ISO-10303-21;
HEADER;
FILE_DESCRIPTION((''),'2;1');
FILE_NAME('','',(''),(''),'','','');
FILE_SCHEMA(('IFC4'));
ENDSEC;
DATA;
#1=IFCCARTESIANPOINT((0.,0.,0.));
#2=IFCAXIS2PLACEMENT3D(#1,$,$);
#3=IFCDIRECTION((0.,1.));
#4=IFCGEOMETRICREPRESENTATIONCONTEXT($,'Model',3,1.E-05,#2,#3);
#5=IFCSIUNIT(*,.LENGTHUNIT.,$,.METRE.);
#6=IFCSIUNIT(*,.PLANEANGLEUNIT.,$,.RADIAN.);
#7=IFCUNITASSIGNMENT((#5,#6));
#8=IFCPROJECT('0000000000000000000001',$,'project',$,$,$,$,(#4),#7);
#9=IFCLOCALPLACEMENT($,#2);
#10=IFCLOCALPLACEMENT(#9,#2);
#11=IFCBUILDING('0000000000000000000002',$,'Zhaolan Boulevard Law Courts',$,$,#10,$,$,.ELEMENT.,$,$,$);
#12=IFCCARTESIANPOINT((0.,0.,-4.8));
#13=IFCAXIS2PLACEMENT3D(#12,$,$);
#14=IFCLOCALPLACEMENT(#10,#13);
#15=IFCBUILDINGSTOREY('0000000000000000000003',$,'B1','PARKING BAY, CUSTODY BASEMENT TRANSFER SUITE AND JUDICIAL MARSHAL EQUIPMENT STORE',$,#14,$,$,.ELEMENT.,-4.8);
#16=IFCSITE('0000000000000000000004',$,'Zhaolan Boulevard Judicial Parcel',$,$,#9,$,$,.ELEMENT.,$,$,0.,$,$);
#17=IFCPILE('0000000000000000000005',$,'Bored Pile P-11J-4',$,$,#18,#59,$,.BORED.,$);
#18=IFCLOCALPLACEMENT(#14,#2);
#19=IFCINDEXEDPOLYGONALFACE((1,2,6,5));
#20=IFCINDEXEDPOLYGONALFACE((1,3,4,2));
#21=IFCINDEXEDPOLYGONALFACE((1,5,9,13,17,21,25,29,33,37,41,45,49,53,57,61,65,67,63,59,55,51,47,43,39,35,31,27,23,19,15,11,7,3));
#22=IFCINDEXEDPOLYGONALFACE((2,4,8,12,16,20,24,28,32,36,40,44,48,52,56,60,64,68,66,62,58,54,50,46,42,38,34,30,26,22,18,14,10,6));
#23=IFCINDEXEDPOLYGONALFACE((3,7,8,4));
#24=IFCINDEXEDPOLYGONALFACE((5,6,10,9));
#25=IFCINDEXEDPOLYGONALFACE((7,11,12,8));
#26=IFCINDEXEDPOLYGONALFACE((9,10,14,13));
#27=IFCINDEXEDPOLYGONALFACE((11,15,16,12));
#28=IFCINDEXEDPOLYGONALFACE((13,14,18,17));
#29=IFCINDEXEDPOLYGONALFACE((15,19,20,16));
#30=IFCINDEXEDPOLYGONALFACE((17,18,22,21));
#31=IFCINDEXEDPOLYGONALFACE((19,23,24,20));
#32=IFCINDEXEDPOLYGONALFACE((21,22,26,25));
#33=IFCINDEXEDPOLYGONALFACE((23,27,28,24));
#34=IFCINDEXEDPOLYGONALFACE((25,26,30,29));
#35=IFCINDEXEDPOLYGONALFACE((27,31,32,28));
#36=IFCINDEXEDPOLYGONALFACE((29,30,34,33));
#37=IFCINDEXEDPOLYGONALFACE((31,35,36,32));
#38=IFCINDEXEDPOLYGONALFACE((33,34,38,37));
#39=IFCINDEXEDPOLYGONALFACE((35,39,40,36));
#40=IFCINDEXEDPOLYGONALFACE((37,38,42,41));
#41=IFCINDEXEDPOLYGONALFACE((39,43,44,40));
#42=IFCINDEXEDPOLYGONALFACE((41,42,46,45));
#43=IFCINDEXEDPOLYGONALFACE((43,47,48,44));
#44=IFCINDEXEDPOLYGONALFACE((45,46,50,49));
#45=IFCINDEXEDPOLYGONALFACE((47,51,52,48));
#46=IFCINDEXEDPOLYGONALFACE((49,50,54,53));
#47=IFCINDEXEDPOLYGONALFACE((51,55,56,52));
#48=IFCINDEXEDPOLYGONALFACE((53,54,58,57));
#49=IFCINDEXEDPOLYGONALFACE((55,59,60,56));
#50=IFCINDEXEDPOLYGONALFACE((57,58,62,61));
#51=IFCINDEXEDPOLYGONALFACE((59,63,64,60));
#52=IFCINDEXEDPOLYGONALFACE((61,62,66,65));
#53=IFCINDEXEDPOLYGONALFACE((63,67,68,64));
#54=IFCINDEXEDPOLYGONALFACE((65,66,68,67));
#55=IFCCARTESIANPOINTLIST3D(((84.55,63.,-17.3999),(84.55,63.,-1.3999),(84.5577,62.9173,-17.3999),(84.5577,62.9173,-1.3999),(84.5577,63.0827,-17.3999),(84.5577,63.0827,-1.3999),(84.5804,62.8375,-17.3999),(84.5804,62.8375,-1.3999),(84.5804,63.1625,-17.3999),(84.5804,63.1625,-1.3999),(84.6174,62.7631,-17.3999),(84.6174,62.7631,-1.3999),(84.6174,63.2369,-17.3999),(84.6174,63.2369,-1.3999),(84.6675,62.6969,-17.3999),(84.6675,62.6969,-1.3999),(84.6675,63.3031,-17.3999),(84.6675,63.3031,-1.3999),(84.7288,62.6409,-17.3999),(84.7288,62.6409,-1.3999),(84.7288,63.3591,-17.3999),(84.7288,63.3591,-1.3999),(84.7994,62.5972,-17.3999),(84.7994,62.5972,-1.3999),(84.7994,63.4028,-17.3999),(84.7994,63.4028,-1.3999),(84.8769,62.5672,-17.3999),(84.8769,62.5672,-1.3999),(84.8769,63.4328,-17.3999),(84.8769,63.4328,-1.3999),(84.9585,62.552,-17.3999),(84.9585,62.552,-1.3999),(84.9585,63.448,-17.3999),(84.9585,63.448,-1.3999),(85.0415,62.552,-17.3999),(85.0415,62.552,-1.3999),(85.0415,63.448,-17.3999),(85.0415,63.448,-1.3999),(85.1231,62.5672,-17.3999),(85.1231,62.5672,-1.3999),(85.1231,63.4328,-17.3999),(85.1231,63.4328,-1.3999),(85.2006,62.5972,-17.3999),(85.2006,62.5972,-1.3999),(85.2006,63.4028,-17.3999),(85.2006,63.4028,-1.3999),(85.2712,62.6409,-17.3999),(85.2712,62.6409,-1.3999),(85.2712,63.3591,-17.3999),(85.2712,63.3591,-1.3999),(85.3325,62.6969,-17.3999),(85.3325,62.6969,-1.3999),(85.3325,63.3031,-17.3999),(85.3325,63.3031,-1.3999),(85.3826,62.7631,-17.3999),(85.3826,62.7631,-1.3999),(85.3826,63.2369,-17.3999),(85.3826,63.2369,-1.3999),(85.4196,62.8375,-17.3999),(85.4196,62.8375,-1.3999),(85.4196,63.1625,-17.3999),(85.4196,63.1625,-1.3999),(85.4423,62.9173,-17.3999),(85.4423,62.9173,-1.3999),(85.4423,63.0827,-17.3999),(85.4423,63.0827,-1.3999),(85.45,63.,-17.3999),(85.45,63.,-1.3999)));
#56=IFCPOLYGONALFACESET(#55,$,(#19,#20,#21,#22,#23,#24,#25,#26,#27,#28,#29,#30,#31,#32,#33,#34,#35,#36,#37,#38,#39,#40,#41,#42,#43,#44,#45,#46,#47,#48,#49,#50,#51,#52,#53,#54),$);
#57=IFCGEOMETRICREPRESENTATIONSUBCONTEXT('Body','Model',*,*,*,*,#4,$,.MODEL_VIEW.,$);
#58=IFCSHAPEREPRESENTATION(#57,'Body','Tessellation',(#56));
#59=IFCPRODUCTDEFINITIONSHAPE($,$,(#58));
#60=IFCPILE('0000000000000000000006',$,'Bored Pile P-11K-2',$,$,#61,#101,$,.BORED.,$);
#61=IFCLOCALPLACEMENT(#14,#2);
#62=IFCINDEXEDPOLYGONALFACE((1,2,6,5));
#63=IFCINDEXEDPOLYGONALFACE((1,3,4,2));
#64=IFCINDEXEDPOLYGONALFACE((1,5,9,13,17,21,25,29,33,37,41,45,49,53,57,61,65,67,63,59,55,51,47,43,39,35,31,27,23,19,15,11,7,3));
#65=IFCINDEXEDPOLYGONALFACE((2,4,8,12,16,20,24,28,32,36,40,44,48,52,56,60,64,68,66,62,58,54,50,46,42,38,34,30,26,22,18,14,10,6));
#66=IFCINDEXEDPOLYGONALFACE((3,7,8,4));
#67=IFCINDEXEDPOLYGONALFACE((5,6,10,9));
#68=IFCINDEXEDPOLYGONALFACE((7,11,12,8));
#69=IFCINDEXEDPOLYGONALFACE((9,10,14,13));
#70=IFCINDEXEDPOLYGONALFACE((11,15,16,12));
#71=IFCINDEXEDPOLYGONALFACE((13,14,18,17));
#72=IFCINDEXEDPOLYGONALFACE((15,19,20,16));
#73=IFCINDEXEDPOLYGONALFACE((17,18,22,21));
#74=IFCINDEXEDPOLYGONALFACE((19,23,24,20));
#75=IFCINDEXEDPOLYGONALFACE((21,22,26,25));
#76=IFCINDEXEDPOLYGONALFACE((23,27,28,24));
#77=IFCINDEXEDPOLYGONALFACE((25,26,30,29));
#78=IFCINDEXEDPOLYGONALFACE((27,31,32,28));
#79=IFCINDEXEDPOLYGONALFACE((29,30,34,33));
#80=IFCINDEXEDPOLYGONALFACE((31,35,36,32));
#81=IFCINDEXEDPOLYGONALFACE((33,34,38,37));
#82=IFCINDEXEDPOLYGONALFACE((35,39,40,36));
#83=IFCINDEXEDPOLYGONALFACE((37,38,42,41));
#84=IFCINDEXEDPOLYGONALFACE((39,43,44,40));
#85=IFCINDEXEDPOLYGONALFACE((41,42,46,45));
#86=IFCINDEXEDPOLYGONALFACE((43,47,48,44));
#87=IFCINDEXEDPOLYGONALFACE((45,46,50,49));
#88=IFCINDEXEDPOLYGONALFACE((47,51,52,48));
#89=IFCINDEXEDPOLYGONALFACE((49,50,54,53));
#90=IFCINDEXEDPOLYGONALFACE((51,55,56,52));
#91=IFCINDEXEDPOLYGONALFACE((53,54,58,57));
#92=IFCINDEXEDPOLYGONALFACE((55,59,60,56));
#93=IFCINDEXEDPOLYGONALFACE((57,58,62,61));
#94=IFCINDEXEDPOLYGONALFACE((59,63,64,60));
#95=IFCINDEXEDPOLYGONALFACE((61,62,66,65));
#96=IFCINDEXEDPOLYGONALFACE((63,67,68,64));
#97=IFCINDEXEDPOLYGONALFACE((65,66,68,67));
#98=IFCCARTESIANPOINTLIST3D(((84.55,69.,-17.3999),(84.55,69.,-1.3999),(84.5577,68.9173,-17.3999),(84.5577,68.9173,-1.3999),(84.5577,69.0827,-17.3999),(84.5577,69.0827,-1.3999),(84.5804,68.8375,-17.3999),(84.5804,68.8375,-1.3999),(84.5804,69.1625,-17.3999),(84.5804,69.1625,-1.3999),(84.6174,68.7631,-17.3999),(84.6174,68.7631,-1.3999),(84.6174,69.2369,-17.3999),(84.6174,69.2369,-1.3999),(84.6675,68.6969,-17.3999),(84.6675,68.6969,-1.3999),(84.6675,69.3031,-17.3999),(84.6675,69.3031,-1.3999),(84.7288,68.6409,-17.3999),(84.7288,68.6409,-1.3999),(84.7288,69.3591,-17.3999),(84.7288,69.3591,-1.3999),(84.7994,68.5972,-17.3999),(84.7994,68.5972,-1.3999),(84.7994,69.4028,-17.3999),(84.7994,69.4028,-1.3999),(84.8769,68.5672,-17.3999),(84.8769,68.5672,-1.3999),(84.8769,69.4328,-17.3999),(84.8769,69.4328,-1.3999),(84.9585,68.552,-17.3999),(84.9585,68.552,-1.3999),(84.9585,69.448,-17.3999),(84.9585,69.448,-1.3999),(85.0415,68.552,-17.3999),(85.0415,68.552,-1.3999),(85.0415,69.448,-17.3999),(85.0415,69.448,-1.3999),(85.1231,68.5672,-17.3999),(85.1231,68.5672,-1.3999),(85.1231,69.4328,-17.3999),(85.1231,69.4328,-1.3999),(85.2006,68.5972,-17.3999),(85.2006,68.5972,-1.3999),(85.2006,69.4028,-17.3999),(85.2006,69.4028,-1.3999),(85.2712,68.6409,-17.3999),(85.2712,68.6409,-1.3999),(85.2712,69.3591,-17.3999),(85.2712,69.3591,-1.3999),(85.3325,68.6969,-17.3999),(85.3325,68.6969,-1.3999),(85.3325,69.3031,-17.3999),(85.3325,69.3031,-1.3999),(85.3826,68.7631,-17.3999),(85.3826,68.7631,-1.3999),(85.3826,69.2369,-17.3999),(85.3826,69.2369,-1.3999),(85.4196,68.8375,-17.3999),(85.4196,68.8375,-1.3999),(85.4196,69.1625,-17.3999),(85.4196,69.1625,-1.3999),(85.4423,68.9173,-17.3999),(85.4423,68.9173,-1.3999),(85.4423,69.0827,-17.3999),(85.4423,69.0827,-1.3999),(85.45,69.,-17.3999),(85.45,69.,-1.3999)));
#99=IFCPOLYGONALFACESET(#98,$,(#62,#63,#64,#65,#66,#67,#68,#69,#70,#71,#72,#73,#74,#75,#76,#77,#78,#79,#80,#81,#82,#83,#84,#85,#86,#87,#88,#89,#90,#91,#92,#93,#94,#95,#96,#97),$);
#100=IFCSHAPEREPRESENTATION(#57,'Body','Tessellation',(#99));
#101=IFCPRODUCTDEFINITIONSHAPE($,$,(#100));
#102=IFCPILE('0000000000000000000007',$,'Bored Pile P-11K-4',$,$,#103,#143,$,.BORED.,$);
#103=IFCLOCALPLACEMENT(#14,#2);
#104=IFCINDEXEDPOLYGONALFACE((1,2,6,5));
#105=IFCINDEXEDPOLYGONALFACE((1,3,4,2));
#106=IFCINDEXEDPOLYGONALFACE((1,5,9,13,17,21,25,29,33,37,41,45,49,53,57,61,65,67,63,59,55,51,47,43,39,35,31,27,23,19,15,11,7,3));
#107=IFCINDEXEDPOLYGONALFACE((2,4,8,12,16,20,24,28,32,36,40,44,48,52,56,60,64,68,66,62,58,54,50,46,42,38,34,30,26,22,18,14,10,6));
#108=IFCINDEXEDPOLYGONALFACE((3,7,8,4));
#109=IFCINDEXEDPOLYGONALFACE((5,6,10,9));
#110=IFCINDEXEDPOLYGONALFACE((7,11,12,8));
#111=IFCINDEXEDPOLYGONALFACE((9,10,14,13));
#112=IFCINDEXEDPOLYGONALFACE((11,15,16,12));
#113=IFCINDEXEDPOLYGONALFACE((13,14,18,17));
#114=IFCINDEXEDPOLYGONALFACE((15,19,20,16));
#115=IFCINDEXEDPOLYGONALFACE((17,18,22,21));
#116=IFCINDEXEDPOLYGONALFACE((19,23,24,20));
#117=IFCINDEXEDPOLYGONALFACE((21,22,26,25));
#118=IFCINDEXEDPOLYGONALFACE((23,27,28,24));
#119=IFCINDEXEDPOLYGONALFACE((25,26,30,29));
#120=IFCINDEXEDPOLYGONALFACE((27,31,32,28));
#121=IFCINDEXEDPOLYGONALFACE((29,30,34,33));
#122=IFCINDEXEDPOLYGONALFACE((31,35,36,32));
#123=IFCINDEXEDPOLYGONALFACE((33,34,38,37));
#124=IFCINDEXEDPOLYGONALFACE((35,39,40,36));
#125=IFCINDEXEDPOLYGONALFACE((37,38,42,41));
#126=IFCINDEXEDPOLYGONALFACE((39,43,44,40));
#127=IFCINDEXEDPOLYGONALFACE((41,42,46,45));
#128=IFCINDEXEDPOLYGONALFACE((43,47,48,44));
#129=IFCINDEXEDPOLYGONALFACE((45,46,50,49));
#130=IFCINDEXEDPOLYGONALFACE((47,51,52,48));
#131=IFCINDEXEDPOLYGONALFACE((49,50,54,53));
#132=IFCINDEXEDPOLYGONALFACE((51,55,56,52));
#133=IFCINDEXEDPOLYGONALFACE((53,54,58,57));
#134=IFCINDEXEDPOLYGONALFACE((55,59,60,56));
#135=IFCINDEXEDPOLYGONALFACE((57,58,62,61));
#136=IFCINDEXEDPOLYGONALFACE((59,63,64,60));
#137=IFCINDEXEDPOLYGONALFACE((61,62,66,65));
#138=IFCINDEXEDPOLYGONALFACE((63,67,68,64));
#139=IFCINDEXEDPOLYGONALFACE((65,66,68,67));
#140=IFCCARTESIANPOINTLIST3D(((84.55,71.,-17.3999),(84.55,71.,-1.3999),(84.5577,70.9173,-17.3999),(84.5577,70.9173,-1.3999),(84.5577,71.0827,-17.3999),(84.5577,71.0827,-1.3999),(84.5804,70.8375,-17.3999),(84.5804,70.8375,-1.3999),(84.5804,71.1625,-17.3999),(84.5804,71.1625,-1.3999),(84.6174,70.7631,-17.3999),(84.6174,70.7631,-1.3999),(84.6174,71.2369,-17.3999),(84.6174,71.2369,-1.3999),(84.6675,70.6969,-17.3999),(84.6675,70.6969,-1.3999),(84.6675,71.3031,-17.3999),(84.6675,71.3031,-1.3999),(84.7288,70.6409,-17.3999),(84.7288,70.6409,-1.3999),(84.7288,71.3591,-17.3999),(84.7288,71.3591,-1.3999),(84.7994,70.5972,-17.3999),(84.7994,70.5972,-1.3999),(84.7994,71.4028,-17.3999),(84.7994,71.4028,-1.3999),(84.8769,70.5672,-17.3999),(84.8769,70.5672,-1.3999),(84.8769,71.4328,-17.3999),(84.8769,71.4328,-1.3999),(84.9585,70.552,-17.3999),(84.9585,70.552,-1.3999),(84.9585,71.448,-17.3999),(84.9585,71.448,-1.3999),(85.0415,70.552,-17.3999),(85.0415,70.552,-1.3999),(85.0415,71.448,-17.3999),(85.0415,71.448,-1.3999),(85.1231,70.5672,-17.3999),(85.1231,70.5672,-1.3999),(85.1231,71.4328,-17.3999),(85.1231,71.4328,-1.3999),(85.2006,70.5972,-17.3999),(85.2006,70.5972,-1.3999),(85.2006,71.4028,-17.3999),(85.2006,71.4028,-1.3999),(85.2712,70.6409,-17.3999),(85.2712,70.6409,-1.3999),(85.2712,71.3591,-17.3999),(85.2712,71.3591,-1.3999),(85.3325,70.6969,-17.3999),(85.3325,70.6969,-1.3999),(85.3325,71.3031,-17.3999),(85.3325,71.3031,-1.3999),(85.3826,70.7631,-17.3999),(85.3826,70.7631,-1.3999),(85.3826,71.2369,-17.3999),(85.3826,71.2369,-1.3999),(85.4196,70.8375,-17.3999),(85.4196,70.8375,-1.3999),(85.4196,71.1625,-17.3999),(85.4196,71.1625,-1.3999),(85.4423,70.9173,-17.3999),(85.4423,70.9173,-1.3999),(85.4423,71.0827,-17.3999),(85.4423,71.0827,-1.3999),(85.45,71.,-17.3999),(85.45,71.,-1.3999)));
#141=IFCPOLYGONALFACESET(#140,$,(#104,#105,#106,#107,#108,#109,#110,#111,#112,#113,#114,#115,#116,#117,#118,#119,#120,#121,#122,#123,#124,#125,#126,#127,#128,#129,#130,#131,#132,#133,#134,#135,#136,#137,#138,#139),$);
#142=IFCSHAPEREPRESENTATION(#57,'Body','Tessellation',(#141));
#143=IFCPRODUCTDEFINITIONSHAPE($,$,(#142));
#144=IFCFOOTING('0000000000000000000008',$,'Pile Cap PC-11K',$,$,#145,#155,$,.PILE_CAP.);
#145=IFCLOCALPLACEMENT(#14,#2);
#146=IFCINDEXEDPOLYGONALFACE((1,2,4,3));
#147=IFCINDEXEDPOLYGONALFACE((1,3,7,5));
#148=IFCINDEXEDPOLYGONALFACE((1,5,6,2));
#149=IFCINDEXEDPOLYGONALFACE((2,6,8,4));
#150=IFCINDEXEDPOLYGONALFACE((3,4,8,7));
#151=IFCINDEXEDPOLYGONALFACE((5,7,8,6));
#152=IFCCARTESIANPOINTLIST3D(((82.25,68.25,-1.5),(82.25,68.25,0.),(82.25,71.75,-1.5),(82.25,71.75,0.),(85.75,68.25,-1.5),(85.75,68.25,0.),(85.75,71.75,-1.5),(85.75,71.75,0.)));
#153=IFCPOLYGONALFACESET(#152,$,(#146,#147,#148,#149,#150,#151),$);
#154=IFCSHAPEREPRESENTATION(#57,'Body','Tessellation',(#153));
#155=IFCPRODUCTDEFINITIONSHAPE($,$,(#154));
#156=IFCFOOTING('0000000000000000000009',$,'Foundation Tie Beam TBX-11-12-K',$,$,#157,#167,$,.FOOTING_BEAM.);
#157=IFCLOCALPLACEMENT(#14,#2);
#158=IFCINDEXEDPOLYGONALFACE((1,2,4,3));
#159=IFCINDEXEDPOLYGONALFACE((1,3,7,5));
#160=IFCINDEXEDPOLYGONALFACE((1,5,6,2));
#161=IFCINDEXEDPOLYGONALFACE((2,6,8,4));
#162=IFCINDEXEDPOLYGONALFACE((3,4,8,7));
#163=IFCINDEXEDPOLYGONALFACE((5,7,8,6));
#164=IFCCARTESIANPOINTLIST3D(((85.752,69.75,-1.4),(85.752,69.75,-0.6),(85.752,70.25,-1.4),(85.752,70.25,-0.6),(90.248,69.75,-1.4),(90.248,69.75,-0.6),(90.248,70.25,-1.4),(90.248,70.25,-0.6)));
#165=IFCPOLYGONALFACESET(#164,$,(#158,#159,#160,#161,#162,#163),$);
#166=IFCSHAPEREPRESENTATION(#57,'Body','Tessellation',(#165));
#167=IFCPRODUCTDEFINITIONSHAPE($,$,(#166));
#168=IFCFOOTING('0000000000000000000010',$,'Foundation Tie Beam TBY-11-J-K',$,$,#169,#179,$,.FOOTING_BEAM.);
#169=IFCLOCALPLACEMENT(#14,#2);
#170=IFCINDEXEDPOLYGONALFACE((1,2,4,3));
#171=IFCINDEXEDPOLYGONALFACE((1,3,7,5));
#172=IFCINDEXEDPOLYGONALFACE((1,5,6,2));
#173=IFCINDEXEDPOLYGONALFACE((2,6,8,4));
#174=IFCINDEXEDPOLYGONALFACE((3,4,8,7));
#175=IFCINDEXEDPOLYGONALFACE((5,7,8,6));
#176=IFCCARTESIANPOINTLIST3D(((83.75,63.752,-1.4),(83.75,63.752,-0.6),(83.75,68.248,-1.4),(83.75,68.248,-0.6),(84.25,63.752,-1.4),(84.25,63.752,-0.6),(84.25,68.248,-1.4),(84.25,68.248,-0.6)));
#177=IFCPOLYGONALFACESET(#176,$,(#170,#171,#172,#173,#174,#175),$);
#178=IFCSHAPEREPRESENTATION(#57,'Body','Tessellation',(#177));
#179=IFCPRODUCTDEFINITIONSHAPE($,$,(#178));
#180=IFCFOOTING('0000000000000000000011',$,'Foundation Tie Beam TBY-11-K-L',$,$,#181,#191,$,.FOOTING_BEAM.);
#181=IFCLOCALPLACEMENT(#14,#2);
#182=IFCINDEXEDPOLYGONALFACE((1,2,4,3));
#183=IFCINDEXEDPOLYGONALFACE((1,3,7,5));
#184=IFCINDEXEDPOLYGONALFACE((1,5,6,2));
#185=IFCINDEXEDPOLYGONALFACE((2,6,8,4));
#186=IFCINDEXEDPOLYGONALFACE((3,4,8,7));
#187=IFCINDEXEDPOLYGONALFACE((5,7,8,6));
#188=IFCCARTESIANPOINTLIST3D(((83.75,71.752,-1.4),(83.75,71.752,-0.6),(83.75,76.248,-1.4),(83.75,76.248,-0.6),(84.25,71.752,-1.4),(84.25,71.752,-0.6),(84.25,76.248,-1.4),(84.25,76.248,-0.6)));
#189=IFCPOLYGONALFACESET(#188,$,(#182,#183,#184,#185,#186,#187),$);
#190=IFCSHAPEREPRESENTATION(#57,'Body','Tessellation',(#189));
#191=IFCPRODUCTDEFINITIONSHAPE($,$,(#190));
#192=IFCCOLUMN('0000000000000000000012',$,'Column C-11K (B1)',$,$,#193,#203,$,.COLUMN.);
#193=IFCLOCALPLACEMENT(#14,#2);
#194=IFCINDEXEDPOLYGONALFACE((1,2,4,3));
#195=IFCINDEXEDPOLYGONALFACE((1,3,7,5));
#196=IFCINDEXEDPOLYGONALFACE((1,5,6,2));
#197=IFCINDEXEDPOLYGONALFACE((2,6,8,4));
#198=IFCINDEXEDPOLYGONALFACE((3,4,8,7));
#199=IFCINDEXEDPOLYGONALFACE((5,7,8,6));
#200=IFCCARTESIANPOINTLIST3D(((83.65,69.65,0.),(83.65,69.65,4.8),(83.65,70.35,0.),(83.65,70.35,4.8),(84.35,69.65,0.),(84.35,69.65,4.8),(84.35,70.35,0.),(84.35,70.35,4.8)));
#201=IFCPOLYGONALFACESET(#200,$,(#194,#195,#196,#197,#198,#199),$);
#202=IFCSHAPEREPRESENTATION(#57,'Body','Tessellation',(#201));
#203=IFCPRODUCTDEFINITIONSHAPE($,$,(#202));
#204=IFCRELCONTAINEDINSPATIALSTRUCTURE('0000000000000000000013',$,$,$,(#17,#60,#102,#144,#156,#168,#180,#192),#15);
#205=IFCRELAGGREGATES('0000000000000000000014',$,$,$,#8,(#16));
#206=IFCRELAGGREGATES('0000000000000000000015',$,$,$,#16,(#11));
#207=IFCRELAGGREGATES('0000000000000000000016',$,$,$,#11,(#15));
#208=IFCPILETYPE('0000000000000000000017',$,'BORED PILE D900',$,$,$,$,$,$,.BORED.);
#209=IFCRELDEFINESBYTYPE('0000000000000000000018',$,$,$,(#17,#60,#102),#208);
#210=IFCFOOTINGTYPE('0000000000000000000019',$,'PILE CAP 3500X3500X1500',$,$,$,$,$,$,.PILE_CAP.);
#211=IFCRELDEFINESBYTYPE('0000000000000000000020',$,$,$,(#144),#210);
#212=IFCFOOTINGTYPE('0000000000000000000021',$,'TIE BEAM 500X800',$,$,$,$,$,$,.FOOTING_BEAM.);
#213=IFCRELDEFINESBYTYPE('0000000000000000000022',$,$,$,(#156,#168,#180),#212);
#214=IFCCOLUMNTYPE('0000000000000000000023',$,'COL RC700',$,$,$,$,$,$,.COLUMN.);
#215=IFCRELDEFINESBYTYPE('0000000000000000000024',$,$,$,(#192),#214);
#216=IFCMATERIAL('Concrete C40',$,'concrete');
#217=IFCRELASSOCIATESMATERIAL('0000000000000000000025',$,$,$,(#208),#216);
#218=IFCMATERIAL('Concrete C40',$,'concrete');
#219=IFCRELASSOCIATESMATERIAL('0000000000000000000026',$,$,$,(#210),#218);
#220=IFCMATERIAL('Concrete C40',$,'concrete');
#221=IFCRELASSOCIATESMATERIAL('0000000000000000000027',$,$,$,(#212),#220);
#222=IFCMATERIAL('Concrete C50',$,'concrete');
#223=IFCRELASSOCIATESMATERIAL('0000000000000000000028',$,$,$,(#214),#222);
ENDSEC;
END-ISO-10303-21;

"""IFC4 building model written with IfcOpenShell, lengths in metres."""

from ifc_helpers import new_model, si_unit, direction, frame, origin, origin_2d, place, context, subcontext, project, spatial, rectangle, circle, extrude, material, material_profile, profile_set, type_object, element, save


model = new_model("IFC4")

# Units and contexts
model_context = context("Model", 3, precision=1e-05, world=origin(), true_north=direction((0.0, 1.0)))
body_context = subcontext(model_context, "Body", "Model", "MODEL_VIEW")
ifc_project = project(units=[si_unit("LENGTHUNIT", "METRE"), si_unit("PLANEANGLEUNIT", "RADIAN")], contexts=[model_context])

# Site, building, storey
site_placement = place(None, origin())
site = spatial("IfcSite", under=ifc_project, at=site_placement, Name="Zhaolan Boulevard Judicial Parcel", CompositionType="ELEMENT", RefElevation=0.0)
building_placement = place(site_placement, origin())
building = spatial("IfcBuilding", under=site, at=building_placement, Name="Zhaolan Boulevard Law Courts", CompositionType="ELEMENT")
storey_placement = place(building_placement, frame((0.0, 0.0, -4.8)))
storey = spatial("IfcBuildingStorey", under=building, at=storey_placement, Name="B1", Description="PARKING BAY, CUSTODY BASEMENT TRANSFER SUITE AND JUDICIAL MARSHAL EQUIPMENT STORE", CompositionType="ELEMENT", Elevation=-4.8)

# Piles
ifc_material_1 = material(Name="Concrete C40", Category="concrete")
ifc_material_profile_1 = material_profile(ifc_material_1, circle(Radius=0.45, at=origin_2d()), Name="PILE-D900")
ifc_profile_set_1 = profile_set([ifc_material_profile_1], Name="Concrete C40")
pile_type = type_object("IfcPileType", Name="BORED PILE D900", PredefinedType="BORED", material=ifc_profile_set_1)
for number, where, z_axis, x_axis, name in (
    (1, (85.0, 63.0, -1.3999), (0.0, 0.0, -1.0), (1.0, 0.0, 0.0), "Bored Pile P-11J-4"),
    (2, (85.0, 69.0, -1.3999), (0.0, 0.0, -1.0), (1.0, 0.0, 0.0), "Bored Pile P-11K-2"),
    (3, (85.0, 71.0, -1.3999), (0.0, 0.0, -1.0), (1.0, 0.0, 0.0), "Bored Pile P-11K-4"),
):
    element("IfcPile", number, at=place(storey_placement, frame(where, z_axis=z_axis, x_axis=x_axis)), inside=storey, type_object=pile_type, Name=name, PredefinedType="BORED", context=body_context, shape_type="SweptSolid", body=[
        extrude(circle(Radius=0.45, at=origin_2d()), origin(), (0.0, 0.0, 1.0), 16.0),
    ])

# Footings
ifc_material_2 = material(Name="Concrete C40", Category="concrete")
footing_type_1 = type_object("IfcFootingType", Name="PILE CAP 3500X3500X1500", PredefinedType="PILE_CAP", material=ifc_material_2)
footing_placement = place(storey_placement, frame((84.0, 70.0, -1.5), z_axis=(0.0, 0.0, 1.0), x_axis=(1.0, 0.0, 0.0)))
element("IfcFooting", 4, at=footing_placement, inside=storey, type_object=footing_type_1, Name="Pile Cap PC-11K", PredefinedType="PILE_CAP", context=body_context, shape_type="SweptSolid", body=[
    extrude(rectangle(XDim=3.5, YDim=3.5, at=origin_2d()), origin(), (0.0, 0.0, 1.0), 1.5),
])
ifc_material_3 = material(Name="Concrete C40", Category="concrete")
ifc_material_profile_2 = material_profile(ifc_material_3, rectangle(XDim=0.5, YDim=0.8, at=origin_2d()), Name="RC500x800")
ifc_profile_set_2 = profile_set([ifc_material_profile_2], Name="Concrete C40")
footing_type_2 = type_object("IfcFootingType", Name="TIE BEAM 500X800", PredefinedType="FOOTING_BEAM", material=ifc_profile_set_2)
for number, where, z_axis, x_axis, name in (
    (5, (85.752, 70.0, -1.0), (1.0, 0.0, 0.0), (0.0, 1.0, 0.0), "Foundation Tie Beam TBX-11-12-K"),
    (6, (84.0, 63.752, -1.0), (0.0, 1.0, 0.0), (-1.0, 0.0, 0.0), "Foundation Tie Beam TBY-11-J-K"),
    (7, (84.0, 71.752, -1.0), (0.0, 1.0, 0.0), (-1.0, 0.0, 0.0), "Foundation Tie Beam TBY-11-K-L"),
):
    element("IfcFooting", number, at=place(storey_placement, frame(where, z_axis=z_axis, x_axis=x_axis)), inside=storey, type_object=footing_type_2, Name=name, PredefinedType="FOOTING_BEAM", context=body_context, shape_type="SweptSolid", body=[
        extrude(rectangle(XDim=0.5, YDim=0.8, at=origin_2d()), origin(), (0.0, 0.0, 1.0), 4.4961),
    ])

# Column
ifc_material_4 = material(Name="Concrete C50", Category="concrete")
ifc_material_profile_3 = material_profile(ifc_material_4, rectangle(XDim=0.7, YDim=0.7, at=origin_2d()), Name="RC700x700")
ifc_profile_set_3 = profile_set([ifc_material_profile_3], Name="Concrete C50")
column_type = type_object("IfcColumnType", Name="COL RC700", PredefinedType="COLUMN", material=ifc_profile_set_3)
column_placement = place(storey_placement, frame((84.0, 70.0, 0.0), z_axis=(0.0, 0.0, 1.0), x_axis=(1.0, 0.0, 0.0)))
element("IfcColumn", 8, at=column_placement, inside=storey, type_object=column_type, Name="Column C-11K (B1)", PredefinedType="COLUMN", context=body_context, shape_type="SweptSolid", body=[
    extrude(rectangle(XDim=0.7, YDim=0.7, at=origin_2d()), origin(), (0.0, 0.0, 1.0), 4.8),
])

save(model, "model.ifc")
